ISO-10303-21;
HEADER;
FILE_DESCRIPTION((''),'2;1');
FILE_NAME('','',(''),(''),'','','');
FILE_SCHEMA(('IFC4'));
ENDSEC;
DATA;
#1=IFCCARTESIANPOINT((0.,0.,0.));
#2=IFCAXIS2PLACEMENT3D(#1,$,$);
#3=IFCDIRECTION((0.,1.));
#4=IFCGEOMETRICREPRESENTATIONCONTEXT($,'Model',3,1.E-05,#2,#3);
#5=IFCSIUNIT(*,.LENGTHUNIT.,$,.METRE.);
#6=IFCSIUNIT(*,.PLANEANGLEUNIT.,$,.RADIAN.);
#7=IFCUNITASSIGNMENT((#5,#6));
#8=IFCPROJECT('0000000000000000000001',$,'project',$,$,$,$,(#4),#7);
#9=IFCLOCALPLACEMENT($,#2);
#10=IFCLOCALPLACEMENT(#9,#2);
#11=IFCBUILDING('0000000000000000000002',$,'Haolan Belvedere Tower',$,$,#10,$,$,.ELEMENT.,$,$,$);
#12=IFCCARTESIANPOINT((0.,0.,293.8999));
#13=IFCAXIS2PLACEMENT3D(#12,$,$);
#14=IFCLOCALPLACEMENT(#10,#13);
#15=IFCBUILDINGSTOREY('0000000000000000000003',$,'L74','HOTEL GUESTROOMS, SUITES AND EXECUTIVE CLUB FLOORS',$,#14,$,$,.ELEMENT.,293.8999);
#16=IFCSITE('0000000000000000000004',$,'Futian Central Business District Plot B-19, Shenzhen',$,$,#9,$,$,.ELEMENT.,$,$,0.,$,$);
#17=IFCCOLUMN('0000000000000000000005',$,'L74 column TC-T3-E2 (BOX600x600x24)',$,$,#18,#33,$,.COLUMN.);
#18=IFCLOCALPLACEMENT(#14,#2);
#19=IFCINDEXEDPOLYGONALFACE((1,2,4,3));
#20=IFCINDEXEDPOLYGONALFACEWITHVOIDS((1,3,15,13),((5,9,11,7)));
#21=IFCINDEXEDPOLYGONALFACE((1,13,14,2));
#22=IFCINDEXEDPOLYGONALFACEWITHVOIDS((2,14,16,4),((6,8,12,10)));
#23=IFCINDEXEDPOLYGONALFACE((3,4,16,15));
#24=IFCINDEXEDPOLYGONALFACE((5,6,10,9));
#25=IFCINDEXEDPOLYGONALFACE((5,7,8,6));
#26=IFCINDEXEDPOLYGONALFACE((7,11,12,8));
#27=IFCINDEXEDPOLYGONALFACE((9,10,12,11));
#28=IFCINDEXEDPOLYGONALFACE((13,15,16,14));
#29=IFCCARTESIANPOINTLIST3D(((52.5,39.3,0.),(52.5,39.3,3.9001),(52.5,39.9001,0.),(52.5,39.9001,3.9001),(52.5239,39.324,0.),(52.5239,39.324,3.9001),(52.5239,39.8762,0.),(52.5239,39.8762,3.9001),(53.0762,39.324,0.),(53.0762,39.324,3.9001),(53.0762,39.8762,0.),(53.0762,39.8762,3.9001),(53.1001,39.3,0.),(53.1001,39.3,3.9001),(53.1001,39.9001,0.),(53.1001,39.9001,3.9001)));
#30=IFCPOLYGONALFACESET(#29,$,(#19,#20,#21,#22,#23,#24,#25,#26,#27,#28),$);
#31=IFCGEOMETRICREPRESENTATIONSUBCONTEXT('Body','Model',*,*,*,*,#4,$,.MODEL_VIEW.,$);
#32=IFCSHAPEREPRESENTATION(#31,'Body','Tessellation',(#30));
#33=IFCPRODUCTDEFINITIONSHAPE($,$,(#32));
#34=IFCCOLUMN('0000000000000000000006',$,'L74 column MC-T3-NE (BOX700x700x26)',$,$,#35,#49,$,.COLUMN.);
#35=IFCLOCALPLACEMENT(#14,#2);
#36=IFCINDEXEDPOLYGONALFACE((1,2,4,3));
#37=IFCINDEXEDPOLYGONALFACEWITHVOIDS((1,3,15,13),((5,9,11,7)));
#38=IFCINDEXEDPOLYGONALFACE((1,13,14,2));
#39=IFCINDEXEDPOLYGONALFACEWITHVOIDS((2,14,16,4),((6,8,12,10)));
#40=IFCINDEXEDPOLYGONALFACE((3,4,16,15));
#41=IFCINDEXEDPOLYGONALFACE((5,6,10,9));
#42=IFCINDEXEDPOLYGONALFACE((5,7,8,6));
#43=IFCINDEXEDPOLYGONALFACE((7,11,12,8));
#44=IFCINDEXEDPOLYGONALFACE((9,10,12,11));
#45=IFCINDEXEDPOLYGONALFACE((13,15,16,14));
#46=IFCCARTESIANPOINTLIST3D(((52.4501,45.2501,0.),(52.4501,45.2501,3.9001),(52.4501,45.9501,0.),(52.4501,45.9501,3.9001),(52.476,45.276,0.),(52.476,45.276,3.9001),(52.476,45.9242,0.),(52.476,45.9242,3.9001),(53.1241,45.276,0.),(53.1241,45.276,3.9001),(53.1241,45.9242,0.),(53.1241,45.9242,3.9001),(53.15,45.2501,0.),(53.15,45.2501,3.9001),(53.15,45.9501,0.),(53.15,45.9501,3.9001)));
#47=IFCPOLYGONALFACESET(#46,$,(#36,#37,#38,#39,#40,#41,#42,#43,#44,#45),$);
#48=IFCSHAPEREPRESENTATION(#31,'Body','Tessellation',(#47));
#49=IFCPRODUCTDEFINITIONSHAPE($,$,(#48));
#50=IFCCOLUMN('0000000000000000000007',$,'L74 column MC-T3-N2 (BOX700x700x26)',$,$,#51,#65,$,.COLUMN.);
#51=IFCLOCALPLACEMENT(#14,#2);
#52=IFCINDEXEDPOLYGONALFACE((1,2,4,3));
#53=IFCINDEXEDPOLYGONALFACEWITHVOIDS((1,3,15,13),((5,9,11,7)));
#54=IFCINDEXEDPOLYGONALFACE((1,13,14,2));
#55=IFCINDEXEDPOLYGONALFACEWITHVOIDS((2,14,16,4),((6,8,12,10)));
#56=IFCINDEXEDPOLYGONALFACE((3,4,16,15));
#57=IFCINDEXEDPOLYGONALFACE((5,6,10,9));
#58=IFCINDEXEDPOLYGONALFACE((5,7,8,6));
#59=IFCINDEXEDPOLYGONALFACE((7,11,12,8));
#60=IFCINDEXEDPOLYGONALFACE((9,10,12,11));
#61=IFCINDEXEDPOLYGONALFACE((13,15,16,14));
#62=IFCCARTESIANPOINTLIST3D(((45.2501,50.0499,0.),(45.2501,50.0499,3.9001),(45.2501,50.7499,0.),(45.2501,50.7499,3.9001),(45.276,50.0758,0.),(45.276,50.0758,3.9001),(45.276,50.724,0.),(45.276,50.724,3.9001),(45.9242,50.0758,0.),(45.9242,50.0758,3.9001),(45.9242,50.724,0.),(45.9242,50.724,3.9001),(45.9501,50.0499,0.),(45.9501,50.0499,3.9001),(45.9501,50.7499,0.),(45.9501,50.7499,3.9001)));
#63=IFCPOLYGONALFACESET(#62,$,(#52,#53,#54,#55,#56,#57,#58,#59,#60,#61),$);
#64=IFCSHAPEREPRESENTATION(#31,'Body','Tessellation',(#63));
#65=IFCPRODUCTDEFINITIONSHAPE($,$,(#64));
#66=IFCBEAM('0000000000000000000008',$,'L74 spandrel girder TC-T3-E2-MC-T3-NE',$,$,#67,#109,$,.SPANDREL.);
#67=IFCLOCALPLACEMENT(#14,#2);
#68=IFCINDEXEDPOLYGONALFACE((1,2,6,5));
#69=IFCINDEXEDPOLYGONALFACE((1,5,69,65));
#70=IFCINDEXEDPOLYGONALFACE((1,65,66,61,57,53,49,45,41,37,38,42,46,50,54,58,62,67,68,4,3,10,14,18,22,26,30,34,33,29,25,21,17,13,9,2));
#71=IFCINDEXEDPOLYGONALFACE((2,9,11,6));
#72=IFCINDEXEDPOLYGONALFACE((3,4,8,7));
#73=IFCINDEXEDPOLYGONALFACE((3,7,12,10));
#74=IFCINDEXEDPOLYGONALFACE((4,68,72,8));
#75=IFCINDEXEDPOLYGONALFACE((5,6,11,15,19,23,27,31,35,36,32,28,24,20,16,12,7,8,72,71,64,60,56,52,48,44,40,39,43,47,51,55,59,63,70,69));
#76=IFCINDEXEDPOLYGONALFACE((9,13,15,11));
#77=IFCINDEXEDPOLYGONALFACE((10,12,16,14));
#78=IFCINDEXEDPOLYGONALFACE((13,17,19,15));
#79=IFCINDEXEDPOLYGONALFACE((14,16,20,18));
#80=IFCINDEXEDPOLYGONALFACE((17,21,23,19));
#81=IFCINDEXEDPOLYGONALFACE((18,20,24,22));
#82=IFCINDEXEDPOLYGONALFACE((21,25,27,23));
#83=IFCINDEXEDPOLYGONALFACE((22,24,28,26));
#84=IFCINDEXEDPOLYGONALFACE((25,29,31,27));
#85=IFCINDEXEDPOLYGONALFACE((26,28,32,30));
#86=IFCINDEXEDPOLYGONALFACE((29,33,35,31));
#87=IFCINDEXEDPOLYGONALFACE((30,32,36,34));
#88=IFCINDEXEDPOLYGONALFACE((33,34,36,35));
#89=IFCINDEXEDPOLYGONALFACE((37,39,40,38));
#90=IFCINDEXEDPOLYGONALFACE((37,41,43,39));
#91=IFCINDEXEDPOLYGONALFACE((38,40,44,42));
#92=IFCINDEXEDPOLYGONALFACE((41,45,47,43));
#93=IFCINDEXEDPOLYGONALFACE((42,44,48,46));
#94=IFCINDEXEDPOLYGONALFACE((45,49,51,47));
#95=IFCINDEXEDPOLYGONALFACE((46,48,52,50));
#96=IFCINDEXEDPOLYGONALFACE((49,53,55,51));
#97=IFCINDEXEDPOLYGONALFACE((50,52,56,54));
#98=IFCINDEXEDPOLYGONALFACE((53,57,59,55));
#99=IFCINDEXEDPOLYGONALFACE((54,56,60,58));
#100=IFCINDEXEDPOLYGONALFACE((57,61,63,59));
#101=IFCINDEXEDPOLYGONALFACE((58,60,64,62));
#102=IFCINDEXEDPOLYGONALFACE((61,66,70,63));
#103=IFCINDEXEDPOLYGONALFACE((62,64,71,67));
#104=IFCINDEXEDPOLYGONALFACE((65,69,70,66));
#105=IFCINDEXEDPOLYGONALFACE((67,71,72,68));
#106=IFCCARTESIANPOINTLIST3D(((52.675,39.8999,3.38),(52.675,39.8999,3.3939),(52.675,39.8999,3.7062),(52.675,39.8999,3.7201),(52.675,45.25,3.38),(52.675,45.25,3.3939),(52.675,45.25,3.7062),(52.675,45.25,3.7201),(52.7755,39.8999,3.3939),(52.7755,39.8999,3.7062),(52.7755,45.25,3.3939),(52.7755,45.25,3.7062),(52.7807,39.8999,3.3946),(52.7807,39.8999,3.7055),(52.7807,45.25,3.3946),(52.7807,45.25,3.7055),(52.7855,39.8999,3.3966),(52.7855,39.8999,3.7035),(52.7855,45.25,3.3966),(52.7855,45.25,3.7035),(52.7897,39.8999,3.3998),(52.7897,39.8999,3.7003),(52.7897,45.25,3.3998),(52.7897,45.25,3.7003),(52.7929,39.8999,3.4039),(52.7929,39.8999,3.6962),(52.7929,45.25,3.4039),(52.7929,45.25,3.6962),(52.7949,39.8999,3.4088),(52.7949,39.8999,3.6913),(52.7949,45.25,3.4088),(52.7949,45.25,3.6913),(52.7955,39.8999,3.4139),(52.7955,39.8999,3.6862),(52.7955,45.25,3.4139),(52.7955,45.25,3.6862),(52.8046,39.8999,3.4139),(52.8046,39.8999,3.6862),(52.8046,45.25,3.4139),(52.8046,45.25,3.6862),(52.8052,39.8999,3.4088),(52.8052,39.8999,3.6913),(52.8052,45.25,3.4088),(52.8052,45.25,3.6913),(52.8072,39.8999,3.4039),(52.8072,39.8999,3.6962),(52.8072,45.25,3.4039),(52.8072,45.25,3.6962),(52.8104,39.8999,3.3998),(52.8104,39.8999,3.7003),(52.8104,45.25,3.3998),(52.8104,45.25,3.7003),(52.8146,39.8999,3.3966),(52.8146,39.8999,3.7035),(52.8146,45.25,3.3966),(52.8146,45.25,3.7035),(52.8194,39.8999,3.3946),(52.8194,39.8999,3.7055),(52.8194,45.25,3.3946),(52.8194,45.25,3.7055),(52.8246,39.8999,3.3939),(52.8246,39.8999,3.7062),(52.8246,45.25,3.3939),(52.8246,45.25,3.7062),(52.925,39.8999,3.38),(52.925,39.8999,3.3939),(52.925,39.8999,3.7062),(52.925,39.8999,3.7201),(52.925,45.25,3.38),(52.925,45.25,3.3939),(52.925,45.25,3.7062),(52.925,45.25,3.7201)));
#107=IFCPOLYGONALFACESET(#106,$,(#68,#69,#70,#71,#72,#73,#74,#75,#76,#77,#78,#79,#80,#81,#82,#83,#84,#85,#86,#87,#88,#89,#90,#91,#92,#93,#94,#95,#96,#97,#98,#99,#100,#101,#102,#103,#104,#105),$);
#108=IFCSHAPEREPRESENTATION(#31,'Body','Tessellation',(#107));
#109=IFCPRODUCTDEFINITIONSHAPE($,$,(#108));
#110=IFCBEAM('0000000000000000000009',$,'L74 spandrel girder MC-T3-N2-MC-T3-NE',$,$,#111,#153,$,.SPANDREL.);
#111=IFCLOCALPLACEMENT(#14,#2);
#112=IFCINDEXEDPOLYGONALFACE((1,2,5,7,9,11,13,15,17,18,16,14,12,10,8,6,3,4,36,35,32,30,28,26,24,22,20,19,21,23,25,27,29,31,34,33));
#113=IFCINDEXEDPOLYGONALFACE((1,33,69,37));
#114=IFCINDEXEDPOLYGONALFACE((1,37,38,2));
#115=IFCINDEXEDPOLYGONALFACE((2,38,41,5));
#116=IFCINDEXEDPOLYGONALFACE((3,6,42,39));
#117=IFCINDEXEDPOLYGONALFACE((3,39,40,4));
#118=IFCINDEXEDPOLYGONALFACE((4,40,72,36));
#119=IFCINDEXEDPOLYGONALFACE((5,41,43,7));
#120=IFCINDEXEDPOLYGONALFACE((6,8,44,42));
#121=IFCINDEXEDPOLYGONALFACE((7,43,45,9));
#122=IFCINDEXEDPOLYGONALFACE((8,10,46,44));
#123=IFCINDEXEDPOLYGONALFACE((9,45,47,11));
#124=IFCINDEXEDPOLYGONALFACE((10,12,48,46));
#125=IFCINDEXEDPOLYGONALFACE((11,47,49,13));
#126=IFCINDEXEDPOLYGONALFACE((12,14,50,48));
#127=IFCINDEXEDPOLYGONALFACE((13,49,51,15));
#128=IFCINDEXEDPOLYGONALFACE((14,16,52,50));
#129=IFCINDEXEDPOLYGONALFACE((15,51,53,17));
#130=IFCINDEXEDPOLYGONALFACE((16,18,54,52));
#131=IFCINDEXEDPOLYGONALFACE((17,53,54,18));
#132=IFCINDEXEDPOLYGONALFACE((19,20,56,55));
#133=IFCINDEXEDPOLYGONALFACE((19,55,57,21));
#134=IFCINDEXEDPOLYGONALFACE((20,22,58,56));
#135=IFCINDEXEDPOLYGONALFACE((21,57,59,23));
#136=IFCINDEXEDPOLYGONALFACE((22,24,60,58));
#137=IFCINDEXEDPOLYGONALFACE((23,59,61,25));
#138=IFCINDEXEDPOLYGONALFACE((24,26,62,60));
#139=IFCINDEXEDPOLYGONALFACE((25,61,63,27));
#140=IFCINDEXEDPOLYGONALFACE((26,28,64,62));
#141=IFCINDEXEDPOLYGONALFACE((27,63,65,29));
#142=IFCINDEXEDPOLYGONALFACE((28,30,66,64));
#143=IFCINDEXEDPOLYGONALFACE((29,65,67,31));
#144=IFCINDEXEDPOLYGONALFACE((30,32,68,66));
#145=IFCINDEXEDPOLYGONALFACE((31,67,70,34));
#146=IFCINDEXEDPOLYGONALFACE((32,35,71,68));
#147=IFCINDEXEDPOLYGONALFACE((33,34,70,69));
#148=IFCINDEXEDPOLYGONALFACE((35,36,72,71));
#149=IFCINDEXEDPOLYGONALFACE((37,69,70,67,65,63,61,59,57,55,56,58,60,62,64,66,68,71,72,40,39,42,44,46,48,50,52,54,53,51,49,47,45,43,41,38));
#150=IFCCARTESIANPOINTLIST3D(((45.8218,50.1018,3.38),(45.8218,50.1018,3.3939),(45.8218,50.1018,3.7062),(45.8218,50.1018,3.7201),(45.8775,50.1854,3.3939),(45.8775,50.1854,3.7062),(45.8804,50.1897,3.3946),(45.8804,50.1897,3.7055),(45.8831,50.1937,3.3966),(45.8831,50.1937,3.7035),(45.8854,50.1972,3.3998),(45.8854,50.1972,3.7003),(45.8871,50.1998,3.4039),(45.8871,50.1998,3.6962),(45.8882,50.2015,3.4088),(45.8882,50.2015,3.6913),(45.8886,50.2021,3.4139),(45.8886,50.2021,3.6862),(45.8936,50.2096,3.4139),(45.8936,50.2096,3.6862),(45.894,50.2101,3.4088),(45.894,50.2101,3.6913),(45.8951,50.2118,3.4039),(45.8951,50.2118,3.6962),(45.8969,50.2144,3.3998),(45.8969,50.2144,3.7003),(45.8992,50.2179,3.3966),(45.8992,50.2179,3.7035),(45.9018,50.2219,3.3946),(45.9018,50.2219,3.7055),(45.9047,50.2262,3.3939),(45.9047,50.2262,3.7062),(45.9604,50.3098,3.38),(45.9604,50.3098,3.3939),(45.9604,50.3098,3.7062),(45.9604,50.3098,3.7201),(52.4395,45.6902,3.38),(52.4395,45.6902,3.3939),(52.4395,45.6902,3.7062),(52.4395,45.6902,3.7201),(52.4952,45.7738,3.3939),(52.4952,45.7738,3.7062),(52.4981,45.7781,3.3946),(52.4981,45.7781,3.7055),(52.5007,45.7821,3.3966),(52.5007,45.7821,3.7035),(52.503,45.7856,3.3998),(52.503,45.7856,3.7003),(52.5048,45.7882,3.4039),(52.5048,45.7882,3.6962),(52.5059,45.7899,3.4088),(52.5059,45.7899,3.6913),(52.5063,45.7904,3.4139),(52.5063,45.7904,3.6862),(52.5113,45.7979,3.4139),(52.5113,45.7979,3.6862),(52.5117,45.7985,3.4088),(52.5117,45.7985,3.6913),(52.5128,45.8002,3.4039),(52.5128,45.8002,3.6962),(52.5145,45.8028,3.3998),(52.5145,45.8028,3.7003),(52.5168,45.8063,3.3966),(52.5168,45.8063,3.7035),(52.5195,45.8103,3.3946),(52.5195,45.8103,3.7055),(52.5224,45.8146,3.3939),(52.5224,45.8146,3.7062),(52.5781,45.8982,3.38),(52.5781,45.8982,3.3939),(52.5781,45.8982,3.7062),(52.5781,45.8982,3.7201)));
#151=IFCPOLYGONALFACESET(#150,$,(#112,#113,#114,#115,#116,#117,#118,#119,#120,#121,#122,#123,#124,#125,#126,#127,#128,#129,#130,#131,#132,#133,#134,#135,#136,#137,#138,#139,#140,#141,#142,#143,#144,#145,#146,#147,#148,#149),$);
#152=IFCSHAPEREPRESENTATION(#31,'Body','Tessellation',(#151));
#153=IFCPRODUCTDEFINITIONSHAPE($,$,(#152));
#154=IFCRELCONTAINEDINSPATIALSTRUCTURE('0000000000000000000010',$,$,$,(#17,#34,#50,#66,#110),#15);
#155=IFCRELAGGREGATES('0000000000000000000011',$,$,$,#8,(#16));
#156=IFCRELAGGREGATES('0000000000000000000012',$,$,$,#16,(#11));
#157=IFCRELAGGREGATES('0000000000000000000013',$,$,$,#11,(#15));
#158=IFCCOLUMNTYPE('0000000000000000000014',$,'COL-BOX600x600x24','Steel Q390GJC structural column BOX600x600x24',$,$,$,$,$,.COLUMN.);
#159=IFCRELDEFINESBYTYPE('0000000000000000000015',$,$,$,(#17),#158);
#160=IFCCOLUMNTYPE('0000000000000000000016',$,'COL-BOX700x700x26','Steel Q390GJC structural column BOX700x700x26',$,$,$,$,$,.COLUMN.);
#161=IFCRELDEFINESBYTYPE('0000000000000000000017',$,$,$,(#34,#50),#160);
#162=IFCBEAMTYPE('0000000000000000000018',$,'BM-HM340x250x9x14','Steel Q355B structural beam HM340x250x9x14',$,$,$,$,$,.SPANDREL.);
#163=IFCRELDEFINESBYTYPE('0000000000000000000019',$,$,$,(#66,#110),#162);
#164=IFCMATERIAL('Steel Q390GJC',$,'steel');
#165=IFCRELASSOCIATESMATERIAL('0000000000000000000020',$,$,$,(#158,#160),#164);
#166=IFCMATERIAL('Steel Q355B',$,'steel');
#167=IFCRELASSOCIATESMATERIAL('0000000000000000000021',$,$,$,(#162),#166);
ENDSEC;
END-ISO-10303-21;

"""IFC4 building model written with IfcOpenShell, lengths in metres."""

from ifc_helpers import new_model, si_unit, direction, frame, origin, origin_2d, place, context, subcontext, project, spatial, hollow_rectangle, i_section, extrude, material, material_profile, profile_set, type_object, element, save


model = new_model("IFC4")

# Units and contexts
model_context = context("Model", 3, precision=1e-05, world=origin(), true_north=direction((0.0, 1.0)))
body_context = subcontext(model_context, "Body", "Model", "MODEL_VIEW")
ifc_project = project(units=[si_unit("LENGTHUNIT", "METRE"), si_unit("PLANEANGLEUNIT", "RADIAN")], contexts=[model_context])

# Site, building, storey
site_placement = place(None, origin())
site = spatial("IfcSite", under=ifc_project, at=site_placement, Name="Futian Central Business District Plot B-19, Shenzhen", CompositionType="ELEMENT", RefElevation=0.0)
building_placement = place(site_placement, origin())
building = spatial("IfcBuilding", under=site, at=building_placement, Name="Haolan Belvedere Tower", CompositionType="ELEMENT")
storey_placement = place(building_placement, frame((0.0, 0.0, 293.8999)))
storey = spatial("IfcBuildingStorey", under=building, at=storey_placement, Name="L74", Description="HOTEL GUESTROOMS, SUITES AND EXECUTIVE CLUB FLOORS", CompositionType="ELEMENT", Elevation=293.8999)

# Columns
ifc_material_1 = material(Name="Steel Q390GJC", Category="steel")
ifc_material_profile_1 = material_profile(ifc_material_1, hollow_rectangle(XDim=0.6001, YDim=0.6001, WallThickness=0.0239, at=origin_2d()), Name="Steel Q390GJC")
ifc_profile_set_1 = profile_set([ifc_material_profile_1], Name="Steel Q390GJC")
column_type_1 = type_object("IfcColumnType", Name="COL-BOX600x600x24", Description="Steel Q390GJC structural column BOX600x600x24", PredefinedType="COLUMN", material=ifc_profile_set_1)
column_placement = place(storey_placement, frame((52.8, 39.6001, 0.0), z_axis=(0.0, 0.0, 1.0), x_axis=(1.0, 0.0, 0.0)))
element("IfcColumn", 1, at=column_placement, inside=storey, type_object=column_type_1, Name="L74 column TC-T3-E2 (BOX600x600x24)", PredefinedType="COLUMN", context=body_context, shape_type="SweptSolid", body=[
    extrude(hollow_rectangle(XDim=0.6001, YDim=0.6001, WallThickness=0.0239, at=origin_2d()), origin(), (0.0, 0.0, 1.0), 3.9001),
])
ifc_material_profile_2 = material_profile(ifc_material_1, hollow_rectangle(XDim=0.7, YDim=0.7, WallThickness=0.0259, at=origin_2d()), Name="Steel Q390GJC")
ifc_profile_set_2 = profile_set([ifc_material_profile_2], Name="Steel Q390GJC")
column_type_2 = type_object("IfcColumnType", Name="COL-BOX700x700x26", Description="Steel Q390GJC structural column BOX700x700x26", PredefinedType="COLUMN", material=ifc_profile_set_2)
for number, where, z_axis, x_axis, name in (
    (2, (52.8, 45.6001, 0.0), (0.0, 0.0, 1.0), (1.0, 0.0, 0.0), "L74 column MC-T3-NE (BOX700x700x26)"),
    (3, (45.6001, 50.3999, 0.0), (0.0, 0.0, 1.0), (1.0, 0.0, 0.0), "L74 column MC-T3-N2 (BOX700x700x26)"),
):
    element("IfcColumn", number, at=place(storey_placement, frame(where, z_axis=z_axis, x_axis=x_axis)), inside=storey, type_object=column_type_2, Name=name, PredefinedType="COLUMN", context=body_context, shape_type="SweptSolid", body=[
        extrude(hollow_rectangle(XDim=0.7, YDim=0.7, WallThickness=0.0259, at=origin_2d()), origin(), (0.0, 0.0, 1.0), 3.9001),
    ])

# Beams
ifc_material_2 = material(Name="Steel Q355B", Category="steel")
ifc_material_profile_3 = material_profile(ifc_material_2, i_section(OverallWidth=0.25, OverallDepth=0.3401, WebThickness=0.009, FlangeThickness=0.0139, FilletRadius=0.02, at=origin_2d()), Name="Steel Q355B")
ifc_profile_set_3 = profile_set([ifc_material_profile_3], Name="Steel Q355B")
beam_type_1 = type_object("IfcBeamType", Name="BM-HM340x250x9x14", Description="Steel Q355B structural beam HM340x250x9x14", PredefinedType="SPANDREL", material=ifc_profile_set_3)
beam_1_placement = place(storey_placement, frame((52.8, 39.8999, 3.55), z_axis=(0.0, 1.0, 0.0), x_axis=(-1.0, 0.0, 0.0)))
element("IfcBeam", 4, at=beam_1_placement, inside=storey, type_object=beam_type_1, Name="L74 spandrel girder TC-T3-E2-MC-T3-NE", PredefinedType="SPANDREL", context=body_context, shape_type="SweptSolid", body=[
    extrude(i_section(OverallWidth=0.25, OverallDepth=0.3401, WebThickness=0.009, FlangeThickness=0.0139, FilletRadius=0.02, at=origin_2d()), origin(), (0.0, 0.0, 1.0), 5.3501),
])
beam_2_placement = place(storey_placement, frame((45.8911, 50.2058, 3.55), z_axis=(0.83206, -0.554686, 0.0), x_axis=(0.554686, 0.83206, 0.0)))
element("IfcBeam", 5, at=beam_2_placement, inside=storey, type_object=beam_type_1, Name="L74 spandrel girder MC-T3-N2-MC-T3-NE", PredefinedType="SPANDREL", context=body_context, shape_type="SweptSolid", body=[
    extrude(i_section(OverallWidth=0.25, OverallDepth=0.3401, WebThickness=0.009, FlangeThickness=0.0139, FilletRadius=0.02, at=origin_2d()), origin(), (0.0, 0.0, 1.0), 7.9534),
])

save(model, "model.ifc")
